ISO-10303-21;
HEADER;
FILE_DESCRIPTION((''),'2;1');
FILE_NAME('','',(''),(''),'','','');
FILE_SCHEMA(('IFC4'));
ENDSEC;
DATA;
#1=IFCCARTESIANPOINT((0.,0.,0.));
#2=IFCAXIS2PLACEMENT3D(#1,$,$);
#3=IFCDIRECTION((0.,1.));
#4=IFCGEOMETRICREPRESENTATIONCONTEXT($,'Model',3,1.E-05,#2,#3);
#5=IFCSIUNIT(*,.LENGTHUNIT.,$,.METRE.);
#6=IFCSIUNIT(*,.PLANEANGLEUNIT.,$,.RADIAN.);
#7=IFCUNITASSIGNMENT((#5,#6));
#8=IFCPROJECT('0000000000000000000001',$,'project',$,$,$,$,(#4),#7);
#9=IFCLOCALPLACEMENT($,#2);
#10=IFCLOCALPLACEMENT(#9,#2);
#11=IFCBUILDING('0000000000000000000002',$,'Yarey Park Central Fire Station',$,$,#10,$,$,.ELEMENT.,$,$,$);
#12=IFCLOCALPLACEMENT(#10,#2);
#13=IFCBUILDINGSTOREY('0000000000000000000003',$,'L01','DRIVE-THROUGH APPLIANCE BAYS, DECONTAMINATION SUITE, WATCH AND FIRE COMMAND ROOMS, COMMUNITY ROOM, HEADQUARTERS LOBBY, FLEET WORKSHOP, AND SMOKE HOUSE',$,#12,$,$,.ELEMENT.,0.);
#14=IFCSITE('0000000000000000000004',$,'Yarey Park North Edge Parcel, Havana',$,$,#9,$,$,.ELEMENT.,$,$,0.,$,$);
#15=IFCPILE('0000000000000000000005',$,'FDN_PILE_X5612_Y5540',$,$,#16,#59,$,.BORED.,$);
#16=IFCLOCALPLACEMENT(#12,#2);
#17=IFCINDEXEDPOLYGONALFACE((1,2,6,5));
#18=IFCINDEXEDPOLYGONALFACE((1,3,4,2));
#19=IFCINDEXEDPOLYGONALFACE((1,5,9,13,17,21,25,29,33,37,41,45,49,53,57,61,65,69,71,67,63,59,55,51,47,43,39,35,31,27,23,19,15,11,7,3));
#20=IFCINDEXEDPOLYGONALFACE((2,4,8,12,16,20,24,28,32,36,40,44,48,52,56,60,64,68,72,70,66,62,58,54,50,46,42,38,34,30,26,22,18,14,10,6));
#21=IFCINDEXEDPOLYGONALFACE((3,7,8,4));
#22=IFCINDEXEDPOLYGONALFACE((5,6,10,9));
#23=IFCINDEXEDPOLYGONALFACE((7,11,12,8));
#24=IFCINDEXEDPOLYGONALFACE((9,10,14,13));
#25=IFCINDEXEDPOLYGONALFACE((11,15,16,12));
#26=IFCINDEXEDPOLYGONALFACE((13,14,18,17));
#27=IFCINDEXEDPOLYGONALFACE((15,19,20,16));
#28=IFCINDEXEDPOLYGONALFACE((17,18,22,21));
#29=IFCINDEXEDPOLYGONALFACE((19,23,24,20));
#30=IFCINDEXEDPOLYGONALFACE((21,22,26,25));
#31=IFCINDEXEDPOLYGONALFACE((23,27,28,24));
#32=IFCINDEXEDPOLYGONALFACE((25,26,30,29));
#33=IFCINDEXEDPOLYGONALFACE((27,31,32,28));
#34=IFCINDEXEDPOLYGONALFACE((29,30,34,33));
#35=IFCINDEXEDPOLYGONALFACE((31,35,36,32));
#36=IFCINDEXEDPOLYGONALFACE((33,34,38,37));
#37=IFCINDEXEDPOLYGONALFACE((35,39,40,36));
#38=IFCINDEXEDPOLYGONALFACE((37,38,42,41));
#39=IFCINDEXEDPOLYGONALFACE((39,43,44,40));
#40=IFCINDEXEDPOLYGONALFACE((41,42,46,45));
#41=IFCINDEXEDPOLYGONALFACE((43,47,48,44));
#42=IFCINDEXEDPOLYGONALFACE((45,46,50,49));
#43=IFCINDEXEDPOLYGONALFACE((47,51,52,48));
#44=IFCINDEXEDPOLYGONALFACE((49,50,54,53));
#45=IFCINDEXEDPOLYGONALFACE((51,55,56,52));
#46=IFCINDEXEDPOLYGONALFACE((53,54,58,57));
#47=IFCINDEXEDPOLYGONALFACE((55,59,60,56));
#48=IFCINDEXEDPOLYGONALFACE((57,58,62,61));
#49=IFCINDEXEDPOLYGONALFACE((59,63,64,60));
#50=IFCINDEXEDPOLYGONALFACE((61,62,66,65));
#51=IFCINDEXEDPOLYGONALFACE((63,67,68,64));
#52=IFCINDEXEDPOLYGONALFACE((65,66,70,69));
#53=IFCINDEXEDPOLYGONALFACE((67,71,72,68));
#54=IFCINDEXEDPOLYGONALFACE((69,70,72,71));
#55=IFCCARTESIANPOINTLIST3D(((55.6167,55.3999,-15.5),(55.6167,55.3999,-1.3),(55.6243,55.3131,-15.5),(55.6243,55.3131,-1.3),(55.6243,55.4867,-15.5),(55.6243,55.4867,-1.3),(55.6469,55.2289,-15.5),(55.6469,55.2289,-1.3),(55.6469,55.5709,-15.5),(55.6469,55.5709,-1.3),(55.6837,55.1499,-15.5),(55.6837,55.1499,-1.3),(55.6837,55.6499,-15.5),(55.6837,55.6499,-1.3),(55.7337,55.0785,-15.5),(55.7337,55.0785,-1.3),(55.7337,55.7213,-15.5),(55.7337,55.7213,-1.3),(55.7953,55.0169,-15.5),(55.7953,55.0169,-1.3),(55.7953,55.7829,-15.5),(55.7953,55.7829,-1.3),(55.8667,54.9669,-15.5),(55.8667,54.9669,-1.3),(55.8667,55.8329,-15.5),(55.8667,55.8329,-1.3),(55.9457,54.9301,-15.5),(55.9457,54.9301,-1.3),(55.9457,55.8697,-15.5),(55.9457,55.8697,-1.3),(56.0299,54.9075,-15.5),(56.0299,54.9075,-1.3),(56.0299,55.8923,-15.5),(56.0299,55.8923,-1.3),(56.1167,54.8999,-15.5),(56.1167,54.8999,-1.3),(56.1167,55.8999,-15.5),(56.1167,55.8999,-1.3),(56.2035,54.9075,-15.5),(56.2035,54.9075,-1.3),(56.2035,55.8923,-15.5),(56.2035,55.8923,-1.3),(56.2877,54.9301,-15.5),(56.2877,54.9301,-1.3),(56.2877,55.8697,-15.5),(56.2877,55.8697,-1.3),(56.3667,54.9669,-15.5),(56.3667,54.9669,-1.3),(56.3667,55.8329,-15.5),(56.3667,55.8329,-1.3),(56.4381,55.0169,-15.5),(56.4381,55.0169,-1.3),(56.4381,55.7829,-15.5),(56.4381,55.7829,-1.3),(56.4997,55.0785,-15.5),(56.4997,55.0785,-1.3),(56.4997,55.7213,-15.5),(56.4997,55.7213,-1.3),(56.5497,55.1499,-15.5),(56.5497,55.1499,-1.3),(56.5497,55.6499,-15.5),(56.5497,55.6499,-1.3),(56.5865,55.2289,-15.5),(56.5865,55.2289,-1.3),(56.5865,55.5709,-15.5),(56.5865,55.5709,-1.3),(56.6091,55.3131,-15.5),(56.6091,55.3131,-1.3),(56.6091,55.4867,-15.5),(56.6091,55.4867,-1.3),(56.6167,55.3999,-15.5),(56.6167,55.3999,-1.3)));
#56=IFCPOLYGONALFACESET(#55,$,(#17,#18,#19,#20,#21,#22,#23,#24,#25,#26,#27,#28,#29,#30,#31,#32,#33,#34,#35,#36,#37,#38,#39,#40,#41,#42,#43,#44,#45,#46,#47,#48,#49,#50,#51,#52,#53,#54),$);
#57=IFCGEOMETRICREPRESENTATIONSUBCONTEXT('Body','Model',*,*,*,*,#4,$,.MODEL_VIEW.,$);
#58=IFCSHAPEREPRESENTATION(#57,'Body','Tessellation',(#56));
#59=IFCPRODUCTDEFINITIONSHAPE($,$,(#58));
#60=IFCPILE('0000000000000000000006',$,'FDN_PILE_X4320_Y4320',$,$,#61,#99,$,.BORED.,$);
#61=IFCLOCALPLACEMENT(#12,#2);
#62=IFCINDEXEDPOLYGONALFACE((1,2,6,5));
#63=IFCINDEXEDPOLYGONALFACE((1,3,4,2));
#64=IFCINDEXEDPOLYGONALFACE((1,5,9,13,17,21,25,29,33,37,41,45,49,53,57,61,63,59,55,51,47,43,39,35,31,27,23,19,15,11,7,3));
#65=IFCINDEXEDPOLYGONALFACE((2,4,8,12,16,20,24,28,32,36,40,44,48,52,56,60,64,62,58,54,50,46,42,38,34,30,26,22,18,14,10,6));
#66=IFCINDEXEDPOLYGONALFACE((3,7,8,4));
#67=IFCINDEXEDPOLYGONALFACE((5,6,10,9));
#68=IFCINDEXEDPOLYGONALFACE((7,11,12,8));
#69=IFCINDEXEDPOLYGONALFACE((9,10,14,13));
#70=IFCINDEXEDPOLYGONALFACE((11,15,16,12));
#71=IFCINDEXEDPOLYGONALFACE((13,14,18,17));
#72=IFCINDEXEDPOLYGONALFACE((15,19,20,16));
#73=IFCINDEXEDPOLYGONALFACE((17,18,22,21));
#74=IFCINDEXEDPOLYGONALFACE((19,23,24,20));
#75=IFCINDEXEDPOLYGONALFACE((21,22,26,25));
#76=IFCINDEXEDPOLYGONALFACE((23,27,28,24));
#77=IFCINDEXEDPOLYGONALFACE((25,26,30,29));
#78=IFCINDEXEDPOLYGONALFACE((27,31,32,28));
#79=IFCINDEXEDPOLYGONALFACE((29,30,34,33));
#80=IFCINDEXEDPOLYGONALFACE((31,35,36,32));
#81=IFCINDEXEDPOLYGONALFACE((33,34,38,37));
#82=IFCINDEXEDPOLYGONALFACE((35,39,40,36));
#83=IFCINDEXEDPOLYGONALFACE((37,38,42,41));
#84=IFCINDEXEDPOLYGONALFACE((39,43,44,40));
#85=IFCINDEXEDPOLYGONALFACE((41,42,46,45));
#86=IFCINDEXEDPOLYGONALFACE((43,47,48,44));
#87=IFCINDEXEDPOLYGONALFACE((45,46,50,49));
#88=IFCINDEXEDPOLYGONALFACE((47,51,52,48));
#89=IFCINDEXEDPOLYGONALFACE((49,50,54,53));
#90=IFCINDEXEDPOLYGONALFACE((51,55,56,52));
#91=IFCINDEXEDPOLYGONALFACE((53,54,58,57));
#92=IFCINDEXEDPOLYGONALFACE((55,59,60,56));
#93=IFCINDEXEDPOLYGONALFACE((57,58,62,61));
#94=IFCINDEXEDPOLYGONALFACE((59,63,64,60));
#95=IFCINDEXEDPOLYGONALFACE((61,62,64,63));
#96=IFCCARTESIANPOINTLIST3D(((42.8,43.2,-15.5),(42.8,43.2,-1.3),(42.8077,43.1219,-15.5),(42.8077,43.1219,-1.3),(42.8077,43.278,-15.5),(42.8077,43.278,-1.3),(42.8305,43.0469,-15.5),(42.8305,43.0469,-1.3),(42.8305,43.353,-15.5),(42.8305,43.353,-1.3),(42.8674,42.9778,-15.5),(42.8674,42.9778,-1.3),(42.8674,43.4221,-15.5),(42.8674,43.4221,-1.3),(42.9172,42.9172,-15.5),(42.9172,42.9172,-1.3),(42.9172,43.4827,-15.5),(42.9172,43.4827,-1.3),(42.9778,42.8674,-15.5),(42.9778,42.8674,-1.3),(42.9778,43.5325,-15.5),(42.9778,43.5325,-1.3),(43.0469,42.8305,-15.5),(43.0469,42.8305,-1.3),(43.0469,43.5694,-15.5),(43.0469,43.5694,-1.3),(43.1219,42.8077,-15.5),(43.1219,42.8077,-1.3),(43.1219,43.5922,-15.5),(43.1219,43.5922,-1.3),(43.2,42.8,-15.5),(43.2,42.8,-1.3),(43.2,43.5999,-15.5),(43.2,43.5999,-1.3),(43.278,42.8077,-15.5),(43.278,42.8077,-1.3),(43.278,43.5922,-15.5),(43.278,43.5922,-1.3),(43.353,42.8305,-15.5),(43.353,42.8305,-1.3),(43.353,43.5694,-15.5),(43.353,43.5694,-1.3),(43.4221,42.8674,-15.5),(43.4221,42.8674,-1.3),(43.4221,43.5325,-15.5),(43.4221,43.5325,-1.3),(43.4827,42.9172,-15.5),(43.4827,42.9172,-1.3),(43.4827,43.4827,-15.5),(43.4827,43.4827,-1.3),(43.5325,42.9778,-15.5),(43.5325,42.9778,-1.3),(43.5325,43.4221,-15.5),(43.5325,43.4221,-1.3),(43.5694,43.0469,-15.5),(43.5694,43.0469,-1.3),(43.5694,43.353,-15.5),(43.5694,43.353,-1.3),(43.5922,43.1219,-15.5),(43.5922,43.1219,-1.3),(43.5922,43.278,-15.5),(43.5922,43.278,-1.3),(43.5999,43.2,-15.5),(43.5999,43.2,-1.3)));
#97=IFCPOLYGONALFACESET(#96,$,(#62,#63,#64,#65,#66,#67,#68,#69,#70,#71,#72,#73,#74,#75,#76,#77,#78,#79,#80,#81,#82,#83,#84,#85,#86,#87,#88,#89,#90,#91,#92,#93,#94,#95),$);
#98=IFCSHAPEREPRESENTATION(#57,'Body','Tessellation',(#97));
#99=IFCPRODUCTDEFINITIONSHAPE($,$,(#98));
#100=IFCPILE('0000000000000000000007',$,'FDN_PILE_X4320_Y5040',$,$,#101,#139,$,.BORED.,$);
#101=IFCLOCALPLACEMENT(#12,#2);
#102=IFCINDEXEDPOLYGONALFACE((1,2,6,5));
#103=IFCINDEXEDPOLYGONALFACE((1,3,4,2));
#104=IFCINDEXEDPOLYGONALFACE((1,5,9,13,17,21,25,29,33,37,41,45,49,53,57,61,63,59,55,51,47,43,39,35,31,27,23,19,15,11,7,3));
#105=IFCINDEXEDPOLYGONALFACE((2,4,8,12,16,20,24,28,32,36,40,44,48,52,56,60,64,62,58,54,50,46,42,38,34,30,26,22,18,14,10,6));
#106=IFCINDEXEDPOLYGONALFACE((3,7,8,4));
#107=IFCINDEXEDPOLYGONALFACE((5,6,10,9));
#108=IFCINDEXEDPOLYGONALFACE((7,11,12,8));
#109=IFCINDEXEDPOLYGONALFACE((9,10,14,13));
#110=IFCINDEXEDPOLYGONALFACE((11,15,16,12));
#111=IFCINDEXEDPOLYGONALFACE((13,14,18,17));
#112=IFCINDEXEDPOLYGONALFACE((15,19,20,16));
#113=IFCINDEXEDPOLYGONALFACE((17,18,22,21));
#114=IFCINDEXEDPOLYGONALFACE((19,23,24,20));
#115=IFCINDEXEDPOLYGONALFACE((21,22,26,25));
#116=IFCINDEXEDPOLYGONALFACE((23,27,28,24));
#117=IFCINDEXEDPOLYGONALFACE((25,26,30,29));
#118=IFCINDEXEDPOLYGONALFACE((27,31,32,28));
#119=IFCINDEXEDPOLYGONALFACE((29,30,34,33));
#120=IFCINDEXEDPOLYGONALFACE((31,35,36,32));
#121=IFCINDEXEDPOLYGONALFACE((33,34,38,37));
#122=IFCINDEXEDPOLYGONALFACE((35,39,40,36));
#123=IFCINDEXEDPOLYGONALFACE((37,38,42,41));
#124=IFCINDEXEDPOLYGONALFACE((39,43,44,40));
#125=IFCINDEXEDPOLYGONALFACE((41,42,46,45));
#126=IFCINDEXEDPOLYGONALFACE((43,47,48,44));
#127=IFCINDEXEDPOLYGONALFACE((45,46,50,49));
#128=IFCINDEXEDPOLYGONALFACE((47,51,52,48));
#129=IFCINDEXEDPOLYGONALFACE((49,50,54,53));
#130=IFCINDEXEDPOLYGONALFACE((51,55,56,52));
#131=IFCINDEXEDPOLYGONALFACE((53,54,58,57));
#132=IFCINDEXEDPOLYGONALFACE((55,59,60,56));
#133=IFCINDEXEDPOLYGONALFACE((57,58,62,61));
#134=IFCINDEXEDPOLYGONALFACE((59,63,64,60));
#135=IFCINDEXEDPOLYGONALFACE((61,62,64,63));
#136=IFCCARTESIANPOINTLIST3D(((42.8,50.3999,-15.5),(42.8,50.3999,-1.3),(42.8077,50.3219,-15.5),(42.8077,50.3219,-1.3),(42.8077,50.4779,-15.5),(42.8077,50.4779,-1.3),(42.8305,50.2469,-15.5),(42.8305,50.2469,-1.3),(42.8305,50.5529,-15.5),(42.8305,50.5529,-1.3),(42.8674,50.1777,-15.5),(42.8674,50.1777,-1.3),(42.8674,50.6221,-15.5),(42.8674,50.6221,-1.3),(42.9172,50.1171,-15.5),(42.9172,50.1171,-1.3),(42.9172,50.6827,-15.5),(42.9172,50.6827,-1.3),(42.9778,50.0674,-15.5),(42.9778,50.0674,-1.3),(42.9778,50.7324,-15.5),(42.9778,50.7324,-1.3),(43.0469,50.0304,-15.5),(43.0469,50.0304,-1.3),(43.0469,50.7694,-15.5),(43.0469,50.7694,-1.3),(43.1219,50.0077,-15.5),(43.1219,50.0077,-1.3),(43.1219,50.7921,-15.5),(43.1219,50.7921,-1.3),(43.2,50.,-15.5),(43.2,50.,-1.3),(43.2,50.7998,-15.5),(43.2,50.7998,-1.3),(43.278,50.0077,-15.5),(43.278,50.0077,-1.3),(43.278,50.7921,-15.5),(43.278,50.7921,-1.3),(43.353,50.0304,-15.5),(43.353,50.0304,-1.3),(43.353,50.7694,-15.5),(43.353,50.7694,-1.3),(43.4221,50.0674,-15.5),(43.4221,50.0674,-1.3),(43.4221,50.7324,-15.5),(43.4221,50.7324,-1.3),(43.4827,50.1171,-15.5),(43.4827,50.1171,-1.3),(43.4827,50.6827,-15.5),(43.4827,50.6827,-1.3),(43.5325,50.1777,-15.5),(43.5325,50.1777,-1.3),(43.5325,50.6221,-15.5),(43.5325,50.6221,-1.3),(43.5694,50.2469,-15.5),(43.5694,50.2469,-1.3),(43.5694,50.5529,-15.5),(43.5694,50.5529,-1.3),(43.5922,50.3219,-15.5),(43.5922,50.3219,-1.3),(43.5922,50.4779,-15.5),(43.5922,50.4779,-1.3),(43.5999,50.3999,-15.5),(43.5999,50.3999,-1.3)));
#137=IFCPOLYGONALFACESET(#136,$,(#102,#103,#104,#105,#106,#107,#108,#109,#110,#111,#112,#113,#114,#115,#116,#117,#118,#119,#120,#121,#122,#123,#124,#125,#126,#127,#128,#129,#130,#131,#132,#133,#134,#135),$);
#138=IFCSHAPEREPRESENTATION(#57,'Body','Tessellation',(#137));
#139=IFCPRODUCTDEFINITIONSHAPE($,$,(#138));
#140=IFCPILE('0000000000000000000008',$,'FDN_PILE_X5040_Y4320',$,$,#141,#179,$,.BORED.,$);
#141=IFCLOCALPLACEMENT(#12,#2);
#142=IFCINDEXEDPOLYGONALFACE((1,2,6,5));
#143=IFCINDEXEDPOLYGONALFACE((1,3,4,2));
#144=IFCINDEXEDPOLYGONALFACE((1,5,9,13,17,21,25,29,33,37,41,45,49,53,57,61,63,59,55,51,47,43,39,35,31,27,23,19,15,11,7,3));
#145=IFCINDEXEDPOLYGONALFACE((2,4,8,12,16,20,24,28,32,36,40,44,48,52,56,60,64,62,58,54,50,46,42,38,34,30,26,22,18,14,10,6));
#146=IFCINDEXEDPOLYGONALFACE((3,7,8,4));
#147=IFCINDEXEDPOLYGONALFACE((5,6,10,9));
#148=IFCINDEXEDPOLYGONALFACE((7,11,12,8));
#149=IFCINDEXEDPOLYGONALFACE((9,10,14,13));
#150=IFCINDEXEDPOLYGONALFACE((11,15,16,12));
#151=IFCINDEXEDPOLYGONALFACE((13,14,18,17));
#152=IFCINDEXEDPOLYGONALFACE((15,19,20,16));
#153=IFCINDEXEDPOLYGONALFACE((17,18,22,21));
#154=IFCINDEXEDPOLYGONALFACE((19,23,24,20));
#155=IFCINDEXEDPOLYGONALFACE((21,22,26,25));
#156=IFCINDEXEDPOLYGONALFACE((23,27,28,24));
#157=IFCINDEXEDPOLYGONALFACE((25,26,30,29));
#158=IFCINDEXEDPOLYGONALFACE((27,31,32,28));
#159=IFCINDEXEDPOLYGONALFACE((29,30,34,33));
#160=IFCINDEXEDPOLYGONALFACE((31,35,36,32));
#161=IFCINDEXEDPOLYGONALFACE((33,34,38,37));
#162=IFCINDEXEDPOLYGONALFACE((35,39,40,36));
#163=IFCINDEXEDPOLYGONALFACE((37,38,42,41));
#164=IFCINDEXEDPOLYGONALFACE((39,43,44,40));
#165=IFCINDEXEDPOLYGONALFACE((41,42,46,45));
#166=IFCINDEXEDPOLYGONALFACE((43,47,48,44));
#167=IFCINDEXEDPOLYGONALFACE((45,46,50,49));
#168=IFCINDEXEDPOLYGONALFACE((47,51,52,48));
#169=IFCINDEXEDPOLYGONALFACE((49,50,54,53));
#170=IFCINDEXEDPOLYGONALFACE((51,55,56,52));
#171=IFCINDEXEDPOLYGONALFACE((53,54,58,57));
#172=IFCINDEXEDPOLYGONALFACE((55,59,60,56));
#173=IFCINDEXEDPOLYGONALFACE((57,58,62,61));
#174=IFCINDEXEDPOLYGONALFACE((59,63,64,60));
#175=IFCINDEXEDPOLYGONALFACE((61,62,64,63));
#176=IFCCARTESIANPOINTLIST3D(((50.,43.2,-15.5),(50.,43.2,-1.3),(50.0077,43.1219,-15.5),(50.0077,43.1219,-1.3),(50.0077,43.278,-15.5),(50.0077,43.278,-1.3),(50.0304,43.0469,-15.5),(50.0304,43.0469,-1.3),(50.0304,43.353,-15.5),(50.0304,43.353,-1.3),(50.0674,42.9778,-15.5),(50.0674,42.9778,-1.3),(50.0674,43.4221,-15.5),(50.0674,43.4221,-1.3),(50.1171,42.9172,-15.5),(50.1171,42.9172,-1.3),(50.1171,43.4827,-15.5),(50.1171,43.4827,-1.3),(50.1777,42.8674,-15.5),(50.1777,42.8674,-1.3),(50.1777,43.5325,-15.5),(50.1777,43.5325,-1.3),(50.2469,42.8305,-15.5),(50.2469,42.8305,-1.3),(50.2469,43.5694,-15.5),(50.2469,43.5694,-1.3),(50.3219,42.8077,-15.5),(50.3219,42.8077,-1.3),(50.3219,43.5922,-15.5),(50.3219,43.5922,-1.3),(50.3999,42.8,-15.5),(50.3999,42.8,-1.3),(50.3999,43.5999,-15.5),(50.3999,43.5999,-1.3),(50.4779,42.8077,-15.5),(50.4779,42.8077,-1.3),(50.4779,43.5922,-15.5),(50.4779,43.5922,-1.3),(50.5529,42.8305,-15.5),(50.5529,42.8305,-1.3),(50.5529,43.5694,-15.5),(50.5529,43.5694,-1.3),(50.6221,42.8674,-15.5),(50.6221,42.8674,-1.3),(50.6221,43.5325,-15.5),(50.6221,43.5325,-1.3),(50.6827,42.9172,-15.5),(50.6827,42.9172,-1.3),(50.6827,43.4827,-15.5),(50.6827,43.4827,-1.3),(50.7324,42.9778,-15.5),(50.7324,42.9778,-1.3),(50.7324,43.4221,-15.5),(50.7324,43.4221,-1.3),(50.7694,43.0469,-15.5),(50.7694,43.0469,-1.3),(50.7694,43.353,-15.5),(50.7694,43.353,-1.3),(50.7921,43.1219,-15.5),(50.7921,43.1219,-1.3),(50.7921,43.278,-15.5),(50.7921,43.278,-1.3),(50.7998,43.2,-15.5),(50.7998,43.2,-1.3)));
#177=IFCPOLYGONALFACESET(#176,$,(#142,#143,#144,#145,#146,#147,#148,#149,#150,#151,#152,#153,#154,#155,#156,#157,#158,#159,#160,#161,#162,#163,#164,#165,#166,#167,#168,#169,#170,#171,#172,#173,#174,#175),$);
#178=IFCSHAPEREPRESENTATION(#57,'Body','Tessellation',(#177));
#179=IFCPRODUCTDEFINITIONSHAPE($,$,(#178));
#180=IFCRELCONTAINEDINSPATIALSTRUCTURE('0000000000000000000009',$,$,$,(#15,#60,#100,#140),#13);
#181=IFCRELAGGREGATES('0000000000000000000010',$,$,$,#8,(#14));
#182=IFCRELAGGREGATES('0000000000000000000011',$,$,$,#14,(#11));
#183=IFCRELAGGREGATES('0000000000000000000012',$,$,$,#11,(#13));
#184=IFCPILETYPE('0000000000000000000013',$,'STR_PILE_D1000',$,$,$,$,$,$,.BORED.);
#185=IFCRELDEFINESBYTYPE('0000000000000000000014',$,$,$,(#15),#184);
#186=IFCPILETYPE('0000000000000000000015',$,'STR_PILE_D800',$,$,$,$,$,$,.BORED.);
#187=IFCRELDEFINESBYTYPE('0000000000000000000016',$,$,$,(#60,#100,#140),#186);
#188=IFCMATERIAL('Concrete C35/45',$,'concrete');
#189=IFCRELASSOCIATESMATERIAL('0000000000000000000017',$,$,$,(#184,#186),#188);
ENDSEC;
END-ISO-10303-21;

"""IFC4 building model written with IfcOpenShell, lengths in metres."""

from ifc_helpers import new_model, si_unit, direction, frame, origin, origin_2d, place, context, subcontext, project, spatial, circle, extrude, material, material_profile, profile_set, type_object, element, save


model = new_model("IFC4")

# Units and contexts
model_context = context("Model", 3, precision=1e-05, world=origin(), true_north=direction((0.0, 1.0)))
body_context = subcontext(model_context, "Body", "Model", "MODEL_VIEW")
ifc_project = project(units=[si_unit("LENGTHUNIT", "METRE"), si_unit("PLANEANGLEUNIT", "RADIAN")], contexts=[model_context])

# Site, building, storey
site_placement = place(None, origin())
site = spatial("IfcSite", under=ifc_project, at=site_placement, Name="Yarey Park North Edge Parcel, Havana", CompositionType="ELEMENT", RefElevation=0.0)
building_placement = place(site_placement, origin())
building = spatial("IfcBuilding", under=site, at=building_placement, Name="Yarey Park Central Fire Station", CompositionType="ELEMENT")
storey_placement = place(building_placement, origin())
storey = spatial("IfcBuildingStorey", under=building, at=storey_placement, Name="L01", Description="DRIVE-THROUGH APPLIANCE BAYS, DECONTAMINATION SUITE, WATCH AND FIRE COMMAND ROOMS, COMMUNITY ROOM, HEADQUARTERS LOBBY, FLEET WORKSHOP, AND SMOKE HOUSE", CompositionType="ELEMENT", Elevation=0.0)

# Shared definitions
ifc_material_1 = material(Name="Concrete C35/45", Category="concrete")

# Piles
ifc_material_profile_1 = material_profile(ifc_material_1, circle(Radius=0.5, at=origin_2d()), Name="BORED PILE D1000")
ifc_profile_set_1 = profile_set([ifc_material_profile_1], Name="Concrete C35/45")
pile_type_1 = type_object("IfcPileType", Name="STR_PILE_D1000", PredefinedType="BORED", material=ifc_profile_set_1)
for number, where, z_axis, x_axis, name in (
    (1, (56.1167, 55.3999, -1.3), (0.0, 0.0, -1.0), (1.0, 0.0, 0.0), "FDN_PILE_X5612_Y5540"),
):
    element("IfcPile", number, at=place(storey_placement, frame(where, z_axis=z_axis, x_axis=x_axis)), inside=storey, type_object=pile_type_1, Name=name, PredefinedType="BORED", context=body_context, shape_type="SweptSolid", body=[
        extrude(circle(Radius=0.5, at=origin_2d()), origin(), (0.0, 0.0, 1.0), 14.2),
    ])
ifc_material_profile_2 = material_profile(ifc_material_1, circle(Radius=0.3999, at=origin_2d()), Name="BORED PILE D800")
ifc_profile_set_2 = profile_set([ifc_material_profile_2], Name="Concrete C35/45")
pile_type_2 = type_object("IfcPileType", Name="STR_PILE_D800", PredefinedType="BORED", material=ifc_profile_set_2)
for number, where, z_axis, x_axis, name in (
    (2, (43.2, 43.2, -1.3), (0.0, 0.0, -1.0), (1.0, 0.0, 0.0), "FDN_PILE_X4320_Y4320"),
    (3, (43.2, 50.3999, -1.3), (0.0, 0.0, -1.0), (1.0, 0.0, 0.0), "FDN_PILE_X4320_Y5040"),
    (4, (50.3999, 43.2, -1.3), (0.0, 0.0, -1.0), (1.0, 0.0, 0.0), "FDN_PILE_X5040_Y4320"),
):
    element("IfcPile", number, at=place(storey_placement, frame(where, z_axis=z_axis, x_axis=x_axis)), inside=storey, type_object=pile_type_2, Name=name, PredefinedType="BORED", context=body_context, shape_type="SweptSolid", body=[
        extrude(circle(Radius=0.3999, at=origin_2d()), origin(), (0.0, 0.0, 1.0), 14.2),
    ])

save(model, "model.ifc")
